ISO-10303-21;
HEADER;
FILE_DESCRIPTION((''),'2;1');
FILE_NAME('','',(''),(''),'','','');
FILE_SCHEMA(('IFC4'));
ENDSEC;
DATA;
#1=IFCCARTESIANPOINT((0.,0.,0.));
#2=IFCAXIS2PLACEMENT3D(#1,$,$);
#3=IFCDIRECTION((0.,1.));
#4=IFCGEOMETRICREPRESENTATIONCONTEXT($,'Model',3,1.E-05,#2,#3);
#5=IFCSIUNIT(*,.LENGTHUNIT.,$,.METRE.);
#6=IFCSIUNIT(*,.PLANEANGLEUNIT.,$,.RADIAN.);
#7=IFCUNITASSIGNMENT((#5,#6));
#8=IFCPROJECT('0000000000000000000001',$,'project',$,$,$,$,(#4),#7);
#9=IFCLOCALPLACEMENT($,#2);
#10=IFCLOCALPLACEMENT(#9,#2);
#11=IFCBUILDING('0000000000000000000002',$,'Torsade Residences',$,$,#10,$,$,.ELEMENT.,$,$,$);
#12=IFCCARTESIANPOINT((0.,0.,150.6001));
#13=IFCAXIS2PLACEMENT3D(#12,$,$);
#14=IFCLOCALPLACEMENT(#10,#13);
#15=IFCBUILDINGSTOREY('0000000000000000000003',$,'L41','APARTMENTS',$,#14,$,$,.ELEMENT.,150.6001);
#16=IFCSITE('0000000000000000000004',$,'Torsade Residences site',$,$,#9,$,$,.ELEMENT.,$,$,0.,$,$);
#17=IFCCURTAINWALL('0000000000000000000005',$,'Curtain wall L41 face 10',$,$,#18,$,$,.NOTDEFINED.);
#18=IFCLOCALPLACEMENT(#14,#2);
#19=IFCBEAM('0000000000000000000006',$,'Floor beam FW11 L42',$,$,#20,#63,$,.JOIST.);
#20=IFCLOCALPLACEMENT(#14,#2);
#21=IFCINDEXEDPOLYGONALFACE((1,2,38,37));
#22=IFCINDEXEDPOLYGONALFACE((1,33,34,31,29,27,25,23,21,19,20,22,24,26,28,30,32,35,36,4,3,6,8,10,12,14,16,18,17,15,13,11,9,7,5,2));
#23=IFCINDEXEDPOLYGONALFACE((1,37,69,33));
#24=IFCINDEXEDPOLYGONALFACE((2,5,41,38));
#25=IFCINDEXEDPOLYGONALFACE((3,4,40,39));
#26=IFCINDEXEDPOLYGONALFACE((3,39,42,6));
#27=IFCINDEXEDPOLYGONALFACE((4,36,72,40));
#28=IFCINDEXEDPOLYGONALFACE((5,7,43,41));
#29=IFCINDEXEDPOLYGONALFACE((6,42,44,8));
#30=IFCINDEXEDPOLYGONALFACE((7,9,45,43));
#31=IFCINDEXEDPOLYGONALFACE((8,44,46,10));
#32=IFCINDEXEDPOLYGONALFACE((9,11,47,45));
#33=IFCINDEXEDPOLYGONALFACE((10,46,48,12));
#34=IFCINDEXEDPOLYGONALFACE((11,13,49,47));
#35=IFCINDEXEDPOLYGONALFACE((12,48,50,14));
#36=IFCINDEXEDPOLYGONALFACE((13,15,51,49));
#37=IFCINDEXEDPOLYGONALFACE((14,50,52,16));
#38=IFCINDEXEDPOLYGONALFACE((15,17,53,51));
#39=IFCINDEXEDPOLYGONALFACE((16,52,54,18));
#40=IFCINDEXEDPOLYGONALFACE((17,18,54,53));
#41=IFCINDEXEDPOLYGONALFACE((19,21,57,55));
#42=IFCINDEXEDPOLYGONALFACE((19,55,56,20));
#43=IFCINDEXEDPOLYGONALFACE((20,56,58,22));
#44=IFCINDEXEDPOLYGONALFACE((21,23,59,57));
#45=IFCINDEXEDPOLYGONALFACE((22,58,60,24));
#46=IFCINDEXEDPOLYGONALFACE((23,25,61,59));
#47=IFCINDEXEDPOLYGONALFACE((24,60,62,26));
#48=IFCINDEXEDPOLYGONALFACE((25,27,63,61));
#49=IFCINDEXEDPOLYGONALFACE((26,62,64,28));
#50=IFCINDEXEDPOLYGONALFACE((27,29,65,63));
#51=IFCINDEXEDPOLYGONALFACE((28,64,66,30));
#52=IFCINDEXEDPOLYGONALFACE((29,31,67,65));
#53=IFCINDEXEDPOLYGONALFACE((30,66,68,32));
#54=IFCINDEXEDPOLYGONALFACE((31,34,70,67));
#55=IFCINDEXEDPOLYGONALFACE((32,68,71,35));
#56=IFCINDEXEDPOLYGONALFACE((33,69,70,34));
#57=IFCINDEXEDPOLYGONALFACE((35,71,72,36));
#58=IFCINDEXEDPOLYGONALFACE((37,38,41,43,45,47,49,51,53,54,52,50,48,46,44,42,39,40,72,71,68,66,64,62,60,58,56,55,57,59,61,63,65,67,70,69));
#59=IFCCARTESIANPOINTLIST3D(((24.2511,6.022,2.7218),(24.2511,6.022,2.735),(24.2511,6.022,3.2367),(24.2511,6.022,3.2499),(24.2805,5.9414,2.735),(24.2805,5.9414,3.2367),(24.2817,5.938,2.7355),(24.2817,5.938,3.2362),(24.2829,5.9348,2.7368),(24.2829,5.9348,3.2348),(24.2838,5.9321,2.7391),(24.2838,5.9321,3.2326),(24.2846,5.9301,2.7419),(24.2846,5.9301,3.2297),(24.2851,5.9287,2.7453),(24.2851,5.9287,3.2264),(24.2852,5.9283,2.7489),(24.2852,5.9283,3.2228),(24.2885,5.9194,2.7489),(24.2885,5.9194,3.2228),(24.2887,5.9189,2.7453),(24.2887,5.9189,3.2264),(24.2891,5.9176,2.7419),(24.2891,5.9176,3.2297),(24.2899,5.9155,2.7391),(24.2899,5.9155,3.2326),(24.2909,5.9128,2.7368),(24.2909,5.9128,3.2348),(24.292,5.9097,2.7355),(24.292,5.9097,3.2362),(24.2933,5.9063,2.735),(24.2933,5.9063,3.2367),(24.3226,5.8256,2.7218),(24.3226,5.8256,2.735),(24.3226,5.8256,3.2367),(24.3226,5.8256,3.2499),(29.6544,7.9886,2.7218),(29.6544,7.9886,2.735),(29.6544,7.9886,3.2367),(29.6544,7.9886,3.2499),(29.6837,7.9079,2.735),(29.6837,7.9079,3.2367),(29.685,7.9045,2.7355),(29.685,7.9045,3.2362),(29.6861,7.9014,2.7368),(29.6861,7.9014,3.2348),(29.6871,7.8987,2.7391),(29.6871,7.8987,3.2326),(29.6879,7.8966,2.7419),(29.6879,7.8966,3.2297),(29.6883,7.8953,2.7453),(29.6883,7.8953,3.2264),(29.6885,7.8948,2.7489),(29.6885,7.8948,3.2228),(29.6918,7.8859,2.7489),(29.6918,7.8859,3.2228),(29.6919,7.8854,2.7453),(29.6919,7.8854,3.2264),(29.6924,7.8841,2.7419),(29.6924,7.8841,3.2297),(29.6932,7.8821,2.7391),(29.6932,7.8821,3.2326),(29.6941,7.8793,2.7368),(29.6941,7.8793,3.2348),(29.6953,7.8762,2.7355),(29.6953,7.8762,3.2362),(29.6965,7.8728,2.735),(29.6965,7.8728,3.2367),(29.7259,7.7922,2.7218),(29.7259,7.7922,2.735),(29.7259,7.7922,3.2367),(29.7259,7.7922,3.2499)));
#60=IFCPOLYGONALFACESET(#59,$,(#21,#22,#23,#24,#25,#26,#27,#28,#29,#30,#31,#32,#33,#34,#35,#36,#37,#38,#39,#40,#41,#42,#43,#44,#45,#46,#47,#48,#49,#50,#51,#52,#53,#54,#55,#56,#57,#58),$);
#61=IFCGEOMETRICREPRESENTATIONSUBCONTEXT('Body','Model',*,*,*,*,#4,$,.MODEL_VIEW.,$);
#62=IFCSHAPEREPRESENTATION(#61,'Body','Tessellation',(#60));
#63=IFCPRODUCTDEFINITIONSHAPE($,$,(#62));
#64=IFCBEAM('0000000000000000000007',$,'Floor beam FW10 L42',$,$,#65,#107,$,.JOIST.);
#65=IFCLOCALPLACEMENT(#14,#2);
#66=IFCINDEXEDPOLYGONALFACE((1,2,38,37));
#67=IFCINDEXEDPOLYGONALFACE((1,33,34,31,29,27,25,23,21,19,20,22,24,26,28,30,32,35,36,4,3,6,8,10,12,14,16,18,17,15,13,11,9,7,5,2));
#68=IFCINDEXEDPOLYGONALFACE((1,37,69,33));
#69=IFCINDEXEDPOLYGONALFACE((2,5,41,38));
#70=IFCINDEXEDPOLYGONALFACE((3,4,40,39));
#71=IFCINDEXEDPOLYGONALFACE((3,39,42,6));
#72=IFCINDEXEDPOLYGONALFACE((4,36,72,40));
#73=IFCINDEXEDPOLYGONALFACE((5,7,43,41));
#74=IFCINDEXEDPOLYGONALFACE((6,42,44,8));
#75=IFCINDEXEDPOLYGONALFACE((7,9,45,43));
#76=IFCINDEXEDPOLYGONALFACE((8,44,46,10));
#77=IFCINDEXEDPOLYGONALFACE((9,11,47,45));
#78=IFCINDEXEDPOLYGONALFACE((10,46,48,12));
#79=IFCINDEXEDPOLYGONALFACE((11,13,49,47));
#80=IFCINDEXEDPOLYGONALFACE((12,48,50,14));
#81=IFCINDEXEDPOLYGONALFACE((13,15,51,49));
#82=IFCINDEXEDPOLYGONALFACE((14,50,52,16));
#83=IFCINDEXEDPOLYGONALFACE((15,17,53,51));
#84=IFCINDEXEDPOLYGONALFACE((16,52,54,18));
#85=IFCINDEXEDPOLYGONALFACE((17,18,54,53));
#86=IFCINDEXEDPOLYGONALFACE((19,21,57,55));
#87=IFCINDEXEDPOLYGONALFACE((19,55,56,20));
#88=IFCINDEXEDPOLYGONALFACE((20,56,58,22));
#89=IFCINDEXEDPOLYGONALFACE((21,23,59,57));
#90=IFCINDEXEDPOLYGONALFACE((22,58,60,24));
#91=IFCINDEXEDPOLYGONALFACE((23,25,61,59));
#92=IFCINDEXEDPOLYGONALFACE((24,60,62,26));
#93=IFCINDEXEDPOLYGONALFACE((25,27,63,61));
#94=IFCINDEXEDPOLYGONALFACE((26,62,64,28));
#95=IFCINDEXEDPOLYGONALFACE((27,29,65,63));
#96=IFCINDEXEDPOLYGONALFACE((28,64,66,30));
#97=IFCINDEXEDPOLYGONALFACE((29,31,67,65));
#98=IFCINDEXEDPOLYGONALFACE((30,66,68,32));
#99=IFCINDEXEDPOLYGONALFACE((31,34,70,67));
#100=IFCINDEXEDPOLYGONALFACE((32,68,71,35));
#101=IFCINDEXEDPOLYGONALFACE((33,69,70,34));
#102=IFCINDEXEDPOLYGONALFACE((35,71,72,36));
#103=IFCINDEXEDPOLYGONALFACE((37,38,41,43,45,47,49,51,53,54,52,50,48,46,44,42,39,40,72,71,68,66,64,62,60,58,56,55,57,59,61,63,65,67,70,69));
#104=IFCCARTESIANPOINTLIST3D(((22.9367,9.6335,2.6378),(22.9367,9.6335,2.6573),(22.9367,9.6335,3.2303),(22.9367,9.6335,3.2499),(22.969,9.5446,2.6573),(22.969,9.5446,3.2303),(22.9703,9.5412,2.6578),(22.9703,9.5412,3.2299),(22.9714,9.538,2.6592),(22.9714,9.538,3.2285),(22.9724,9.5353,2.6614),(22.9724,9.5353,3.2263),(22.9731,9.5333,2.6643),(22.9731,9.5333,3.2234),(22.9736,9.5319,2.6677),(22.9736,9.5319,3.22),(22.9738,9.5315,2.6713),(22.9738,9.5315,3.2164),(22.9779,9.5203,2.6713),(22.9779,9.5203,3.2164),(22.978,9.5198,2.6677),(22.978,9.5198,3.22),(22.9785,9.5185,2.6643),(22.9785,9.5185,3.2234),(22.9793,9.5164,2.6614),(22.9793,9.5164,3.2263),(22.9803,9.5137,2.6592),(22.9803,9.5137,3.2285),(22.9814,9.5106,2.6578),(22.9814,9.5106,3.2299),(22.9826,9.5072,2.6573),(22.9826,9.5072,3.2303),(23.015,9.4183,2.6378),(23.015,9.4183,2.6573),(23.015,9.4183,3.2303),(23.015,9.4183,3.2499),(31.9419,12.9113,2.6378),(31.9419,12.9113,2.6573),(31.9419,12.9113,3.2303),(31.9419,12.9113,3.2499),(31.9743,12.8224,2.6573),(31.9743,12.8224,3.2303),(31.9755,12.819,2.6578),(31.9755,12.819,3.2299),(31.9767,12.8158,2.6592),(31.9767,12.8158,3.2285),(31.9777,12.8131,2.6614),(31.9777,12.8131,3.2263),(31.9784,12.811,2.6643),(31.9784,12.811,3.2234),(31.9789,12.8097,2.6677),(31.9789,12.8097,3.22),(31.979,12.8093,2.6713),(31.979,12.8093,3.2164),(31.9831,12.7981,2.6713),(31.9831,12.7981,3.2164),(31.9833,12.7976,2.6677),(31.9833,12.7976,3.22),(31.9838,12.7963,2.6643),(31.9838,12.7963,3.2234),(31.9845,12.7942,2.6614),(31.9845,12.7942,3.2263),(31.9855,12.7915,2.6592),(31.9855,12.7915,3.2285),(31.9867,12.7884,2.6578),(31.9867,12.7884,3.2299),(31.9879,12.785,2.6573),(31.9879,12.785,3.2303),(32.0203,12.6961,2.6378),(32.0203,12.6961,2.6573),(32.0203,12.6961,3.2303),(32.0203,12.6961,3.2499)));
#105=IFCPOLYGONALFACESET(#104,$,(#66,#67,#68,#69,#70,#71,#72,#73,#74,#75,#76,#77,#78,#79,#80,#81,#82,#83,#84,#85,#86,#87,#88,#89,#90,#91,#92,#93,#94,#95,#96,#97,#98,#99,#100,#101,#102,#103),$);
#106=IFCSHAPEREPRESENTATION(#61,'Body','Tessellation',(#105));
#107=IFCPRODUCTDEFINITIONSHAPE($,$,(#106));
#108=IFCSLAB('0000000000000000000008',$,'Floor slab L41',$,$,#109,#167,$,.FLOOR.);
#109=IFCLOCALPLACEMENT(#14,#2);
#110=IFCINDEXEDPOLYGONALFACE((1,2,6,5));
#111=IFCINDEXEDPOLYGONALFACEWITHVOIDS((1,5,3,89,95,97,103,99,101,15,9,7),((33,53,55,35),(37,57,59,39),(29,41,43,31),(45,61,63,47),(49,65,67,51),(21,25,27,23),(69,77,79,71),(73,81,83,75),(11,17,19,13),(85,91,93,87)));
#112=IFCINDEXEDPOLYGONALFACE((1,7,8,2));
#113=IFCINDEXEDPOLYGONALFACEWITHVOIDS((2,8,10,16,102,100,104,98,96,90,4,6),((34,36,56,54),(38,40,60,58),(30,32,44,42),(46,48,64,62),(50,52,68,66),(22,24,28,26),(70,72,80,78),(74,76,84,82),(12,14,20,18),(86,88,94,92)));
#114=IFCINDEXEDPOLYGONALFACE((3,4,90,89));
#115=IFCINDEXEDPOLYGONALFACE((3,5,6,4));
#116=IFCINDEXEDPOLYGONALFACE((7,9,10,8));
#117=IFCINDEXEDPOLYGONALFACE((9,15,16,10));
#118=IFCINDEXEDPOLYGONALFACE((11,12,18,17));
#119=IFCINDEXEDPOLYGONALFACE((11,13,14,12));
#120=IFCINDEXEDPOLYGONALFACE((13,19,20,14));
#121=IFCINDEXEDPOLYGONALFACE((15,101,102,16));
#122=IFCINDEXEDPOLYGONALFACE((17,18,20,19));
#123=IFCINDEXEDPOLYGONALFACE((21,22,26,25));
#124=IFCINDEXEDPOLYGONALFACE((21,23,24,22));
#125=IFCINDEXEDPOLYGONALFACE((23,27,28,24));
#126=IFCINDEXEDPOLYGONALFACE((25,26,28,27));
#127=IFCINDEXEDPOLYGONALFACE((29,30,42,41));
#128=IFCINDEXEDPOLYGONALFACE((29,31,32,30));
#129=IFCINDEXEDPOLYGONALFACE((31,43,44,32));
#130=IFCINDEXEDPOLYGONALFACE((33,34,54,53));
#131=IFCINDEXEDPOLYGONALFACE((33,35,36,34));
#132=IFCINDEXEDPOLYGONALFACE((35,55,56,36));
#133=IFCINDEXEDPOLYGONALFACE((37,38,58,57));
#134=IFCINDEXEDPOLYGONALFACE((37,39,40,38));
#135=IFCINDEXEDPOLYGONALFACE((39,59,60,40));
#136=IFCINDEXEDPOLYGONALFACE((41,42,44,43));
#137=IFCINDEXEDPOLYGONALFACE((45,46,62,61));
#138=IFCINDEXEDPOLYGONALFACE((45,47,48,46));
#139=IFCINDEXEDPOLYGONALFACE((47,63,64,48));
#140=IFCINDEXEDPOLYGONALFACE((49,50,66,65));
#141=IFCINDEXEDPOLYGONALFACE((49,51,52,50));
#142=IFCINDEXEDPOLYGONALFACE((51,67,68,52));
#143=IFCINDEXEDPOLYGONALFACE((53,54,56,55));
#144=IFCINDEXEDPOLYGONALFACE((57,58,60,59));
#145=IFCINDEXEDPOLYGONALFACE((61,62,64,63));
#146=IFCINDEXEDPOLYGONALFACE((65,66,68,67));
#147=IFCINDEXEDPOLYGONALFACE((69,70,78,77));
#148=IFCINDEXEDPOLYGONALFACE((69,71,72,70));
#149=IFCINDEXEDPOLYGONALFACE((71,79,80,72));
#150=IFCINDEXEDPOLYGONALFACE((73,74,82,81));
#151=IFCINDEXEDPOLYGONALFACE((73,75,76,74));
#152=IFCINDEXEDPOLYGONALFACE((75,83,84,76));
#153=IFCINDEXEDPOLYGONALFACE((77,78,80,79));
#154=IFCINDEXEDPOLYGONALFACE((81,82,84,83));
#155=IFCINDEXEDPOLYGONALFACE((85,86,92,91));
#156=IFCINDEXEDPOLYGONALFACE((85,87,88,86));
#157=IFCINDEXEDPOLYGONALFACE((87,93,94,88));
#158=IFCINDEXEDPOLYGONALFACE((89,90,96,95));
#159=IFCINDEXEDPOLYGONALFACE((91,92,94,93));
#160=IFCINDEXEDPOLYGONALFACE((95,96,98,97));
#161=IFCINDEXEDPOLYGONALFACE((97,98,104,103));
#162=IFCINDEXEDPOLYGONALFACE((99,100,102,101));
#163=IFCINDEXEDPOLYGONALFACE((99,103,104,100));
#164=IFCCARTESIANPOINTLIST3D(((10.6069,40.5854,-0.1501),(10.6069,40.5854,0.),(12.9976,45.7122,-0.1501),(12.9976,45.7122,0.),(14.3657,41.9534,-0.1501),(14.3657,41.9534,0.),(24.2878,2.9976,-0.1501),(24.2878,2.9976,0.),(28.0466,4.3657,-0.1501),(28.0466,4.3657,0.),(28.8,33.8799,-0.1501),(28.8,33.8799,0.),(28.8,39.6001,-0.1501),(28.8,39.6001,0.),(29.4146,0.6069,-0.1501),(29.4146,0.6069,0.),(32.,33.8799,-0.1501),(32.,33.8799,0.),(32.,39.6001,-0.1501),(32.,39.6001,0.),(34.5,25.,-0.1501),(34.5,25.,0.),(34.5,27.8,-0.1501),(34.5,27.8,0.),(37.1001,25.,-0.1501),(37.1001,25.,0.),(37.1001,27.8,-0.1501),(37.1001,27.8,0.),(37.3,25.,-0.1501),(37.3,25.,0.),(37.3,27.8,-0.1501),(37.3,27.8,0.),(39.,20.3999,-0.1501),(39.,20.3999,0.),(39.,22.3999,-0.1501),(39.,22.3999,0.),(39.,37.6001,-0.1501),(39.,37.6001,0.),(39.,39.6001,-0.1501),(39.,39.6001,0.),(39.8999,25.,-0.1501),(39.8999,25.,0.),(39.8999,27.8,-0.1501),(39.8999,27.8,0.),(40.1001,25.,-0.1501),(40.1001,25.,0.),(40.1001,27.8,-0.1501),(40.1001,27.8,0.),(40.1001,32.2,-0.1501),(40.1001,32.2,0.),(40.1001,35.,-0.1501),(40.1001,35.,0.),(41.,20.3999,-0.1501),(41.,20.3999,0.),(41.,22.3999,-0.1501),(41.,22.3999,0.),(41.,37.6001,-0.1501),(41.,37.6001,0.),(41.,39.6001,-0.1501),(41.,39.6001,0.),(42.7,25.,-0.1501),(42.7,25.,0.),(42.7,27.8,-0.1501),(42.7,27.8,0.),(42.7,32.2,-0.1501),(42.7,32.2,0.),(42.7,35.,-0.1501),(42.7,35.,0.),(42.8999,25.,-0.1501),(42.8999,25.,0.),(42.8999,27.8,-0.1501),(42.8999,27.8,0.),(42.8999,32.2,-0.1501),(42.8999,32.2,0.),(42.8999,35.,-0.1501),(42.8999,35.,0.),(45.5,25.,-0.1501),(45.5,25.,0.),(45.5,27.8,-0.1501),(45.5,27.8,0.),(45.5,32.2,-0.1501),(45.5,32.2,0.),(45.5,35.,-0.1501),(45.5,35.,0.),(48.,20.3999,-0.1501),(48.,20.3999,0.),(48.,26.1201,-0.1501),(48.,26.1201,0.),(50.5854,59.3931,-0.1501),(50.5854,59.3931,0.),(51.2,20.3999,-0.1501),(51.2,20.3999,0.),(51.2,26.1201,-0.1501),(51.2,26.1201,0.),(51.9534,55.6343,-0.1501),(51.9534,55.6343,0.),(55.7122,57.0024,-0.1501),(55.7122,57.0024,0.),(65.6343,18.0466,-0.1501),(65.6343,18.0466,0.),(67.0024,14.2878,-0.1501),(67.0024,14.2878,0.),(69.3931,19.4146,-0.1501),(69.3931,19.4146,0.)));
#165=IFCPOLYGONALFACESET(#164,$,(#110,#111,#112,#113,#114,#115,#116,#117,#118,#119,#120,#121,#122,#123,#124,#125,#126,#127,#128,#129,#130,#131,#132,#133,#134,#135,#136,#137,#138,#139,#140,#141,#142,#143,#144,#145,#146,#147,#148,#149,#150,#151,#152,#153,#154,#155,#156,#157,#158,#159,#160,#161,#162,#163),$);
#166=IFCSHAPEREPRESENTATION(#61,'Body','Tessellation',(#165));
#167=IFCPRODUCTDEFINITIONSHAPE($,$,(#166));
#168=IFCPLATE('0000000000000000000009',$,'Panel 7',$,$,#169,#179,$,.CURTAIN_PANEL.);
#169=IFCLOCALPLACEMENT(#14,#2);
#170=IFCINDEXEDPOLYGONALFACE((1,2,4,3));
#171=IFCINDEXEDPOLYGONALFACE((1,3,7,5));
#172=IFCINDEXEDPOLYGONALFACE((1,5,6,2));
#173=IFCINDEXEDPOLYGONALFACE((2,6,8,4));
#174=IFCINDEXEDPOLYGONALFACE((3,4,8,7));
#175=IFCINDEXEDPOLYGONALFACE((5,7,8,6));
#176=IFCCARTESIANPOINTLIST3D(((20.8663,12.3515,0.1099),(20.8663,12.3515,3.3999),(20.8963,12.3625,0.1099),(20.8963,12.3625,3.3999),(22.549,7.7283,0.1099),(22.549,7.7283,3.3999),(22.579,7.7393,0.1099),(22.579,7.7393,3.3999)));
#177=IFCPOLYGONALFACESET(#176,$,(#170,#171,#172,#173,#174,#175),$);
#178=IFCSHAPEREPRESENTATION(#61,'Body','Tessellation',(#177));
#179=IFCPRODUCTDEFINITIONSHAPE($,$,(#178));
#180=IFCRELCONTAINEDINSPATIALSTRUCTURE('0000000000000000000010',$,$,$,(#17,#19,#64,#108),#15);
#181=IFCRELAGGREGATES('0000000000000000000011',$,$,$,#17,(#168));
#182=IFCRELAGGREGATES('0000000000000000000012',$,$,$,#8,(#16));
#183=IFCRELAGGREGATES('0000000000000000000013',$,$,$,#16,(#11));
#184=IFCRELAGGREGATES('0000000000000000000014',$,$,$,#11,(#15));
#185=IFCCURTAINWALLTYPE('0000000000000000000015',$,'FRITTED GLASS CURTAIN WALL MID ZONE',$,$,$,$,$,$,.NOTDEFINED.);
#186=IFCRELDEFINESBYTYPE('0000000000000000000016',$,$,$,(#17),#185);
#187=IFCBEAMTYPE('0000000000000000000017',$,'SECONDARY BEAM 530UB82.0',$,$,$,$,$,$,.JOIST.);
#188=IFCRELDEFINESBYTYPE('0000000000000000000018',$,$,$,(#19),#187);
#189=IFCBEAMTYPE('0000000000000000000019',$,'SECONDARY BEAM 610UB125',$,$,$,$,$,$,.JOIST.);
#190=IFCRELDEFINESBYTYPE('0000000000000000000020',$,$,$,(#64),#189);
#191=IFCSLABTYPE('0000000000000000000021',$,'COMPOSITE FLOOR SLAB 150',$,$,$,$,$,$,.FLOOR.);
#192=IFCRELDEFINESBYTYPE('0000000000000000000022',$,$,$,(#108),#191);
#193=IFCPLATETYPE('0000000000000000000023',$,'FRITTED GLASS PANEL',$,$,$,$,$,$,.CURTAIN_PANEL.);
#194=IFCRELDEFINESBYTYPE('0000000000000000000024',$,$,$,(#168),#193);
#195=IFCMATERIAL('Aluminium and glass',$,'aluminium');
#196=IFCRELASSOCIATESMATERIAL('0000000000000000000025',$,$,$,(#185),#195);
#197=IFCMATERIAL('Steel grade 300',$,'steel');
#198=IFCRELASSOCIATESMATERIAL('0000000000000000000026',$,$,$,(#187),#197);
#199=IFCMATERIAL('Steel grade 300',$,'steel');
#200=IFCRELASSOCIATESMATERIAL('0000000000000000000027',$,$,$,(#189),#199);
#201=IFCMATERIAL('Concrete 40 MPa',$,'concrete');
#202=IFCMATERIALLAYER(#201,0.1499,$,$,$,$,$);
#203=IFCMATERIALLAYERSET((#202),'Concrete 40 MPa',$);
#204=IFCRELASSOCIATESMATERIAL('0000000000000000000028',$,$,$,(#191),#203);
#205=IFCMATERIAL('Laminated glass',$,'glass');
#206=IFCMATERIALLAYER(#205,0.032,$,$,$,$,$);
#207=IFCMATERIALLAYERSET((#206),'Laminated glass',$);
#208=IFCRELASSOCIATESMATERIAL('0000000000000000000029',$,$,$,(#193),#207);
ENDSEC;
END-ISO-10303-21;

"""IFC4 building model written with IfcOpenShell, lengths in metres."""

from ifc_helpers import new_model, si_unit, direction, frame, origin, origin_2d, place, context, subcontext, project, spatial, polyline, rectangle, i_section, outline, extrude, material, layer, layer_set, material_profile, profile_set, type_object, element, aggregate, save


model = new_model("IFC4")

# Units and contexts
model_context = context("Model", 3, precision=1e-05, world=origin(), true_north=direction((0.0, 1.0)))
body_context = subcontext(model_context, "Body", "Model", "MODEL_VIEW")
ifc_project = project(units=[si_unit("LENGTHUNIT", "METRE"), si_unit("PLANEANGLEUNIT", "RADIAN")], contexts=[model_context])

# Site, building, storey
site_placement = place(None, origin())
site = spatial("IfcSite", under=ifc_project, at=site_placement, Name="Torsade Residences site", CompositionType="ELEMENT", RefElevation=0.0)
building_placement = place(site_placement, origin())
building = spatial("IfcBuilding", under=site, at=building_placement, Name="Torsade Residences", CompositionType="ELEMENT")
storey_placement = place(building_placement, frame((0.0, 0.0, 150.6001)))
storey = spatial("IfcBuildingStorey", under=building, at=storey_placement, Name="L41", Description="APARTMENTS", CompositionType="ELEMENT", Elevation=150.6001)

# Curtain wall
ifc_material_1 = material(Name="Aluminium and glass", Category="aluminium")
curtain_wall_type = type_object("IfcCurtainWallType", Name="FRITTED GLASS CURTAIN WALL MID ZONE", PredefinedType="NOTDEFINED", material=ifc_material_1)
curtain_wall_placement = place(storey_placement, origin())
curtain_wall = element("IfcCurtainWall", 1, at=curtain_wall_placement, inside=storey, type_object=curtain_wall_type, Name="Curtain wall L41 face 10", PredefinedType="NOTDEFINED")

# Beams
ifc_material_2 = material(Name="Steel grade 300", Category="steel")
ifc_material_profile_1 = material_profile(ifc_material_2, i_section(OverallWidth=0.209, OverallDepth=0.5281, WebThickness=0.0095, FlangeThickness=0.0132, FilletRadius=0.0139, at=origin_2d()), Name="530UB82.0")
ifc_profile_set_1 = profile_set([ifc_material_profile_1], Name="Steel grade 300")
beam_type_1 = type_object("IfcBeamType", Name="SECONDARY BEAM 530UB82.0", PredefinedType="JOIST", material=ifc_profile_set_1)
beam_1_placement = place(storey_placement, frame((24.2869, 5.9238, 2.9858), z_axis=(0.939698, 0.342006, 0.0), x_axis=(-0.342006, 0.939698, 0.0)))
element("IfcBeam", 2, at=beam_1_placement, inside=storey, type_object=beam_type_1, Name="Floor beam FW11 L42", PredefinedType="JOIST", context=body_context, shape_type="SweptSolid", body=[
    extrude(i_section(OverallWidth=0.209, OverallDepth=0.5281, WebThickness=0.0095, FlangeThickness=0.0132, FilletRadius=0.0139, at=origin_2d()), origin(), (0.0, 0.0, 1.0), 5.75),
])
ifc_material_3 = material(Name="Steel grade 300", Category="steel")
ifc_material_profile_2 = material_profile(ifc_material_3, i_section(OverallWidth=0.229, OverallDepth=0.6121, WebThickness=0.012, FlangeThickness=0.0195, FilletRadius=0.0139, at=origin_2d()), Name="610UB125")
ifc_profile_set_2 = profile_set([ifc_material_profile_2], Name="Steel grade 300")
beam_type_2 = type_object("IfcBeamType", Name="SECONDARY BEAM 610UB125", PredefinedType="JOIST", material=ifc_profile_set_2)
beam_2_placement = place(storey_placement, frame((22.9758, 9.5259, 2.9438), z_axis=(0.939688, 0.342034, 0.0), x_axis=(-0.342034, 0.939688, 0.0)))
element("IfcBeam", 3, at=beam_2_placement, inside=storey, type_object=beam_type_2, Name="Floor beam FW10 L42", PredefinedType="JOIST", context=body_context, shape_type="SweptSolid", body=[
    extrude(i_section(OverallWidth=0.229, OverallDepth=0.6121, WebThickness=0.012, FlangeThickness=0.0195, FilletRadius=0.0139, at=origin_2d()), origin(), (0.0, 0.0, 1.0), 9.5833),
])

# Slab
ifc_material_4 = material(Name="Concrete 40 MPa", Category="concrete")
ifc_layer_1 = layer(ifc_material_4, 0.1499)
ifc_layer_set_1 = layer_set([ifc_layer_1], Name="Concrete 40 MPa")
slab_type_1 = type_object("IfcSlabType", Name="COMPOSITE FLOOR SLAB 150", PredefinedType="FLOOR", material=ifc_layer_set_1)
slab_1_placement = place(storey_placement, frame((0.0, 0.0, -0.1501)))
element("IfcSlab", 4, at=slab_1_placement, inside=storey, type_object=slab_type_1, Name="Floor slab L41", PredefinedType="FLOOR", context=body_context, shape_type="SweptSolid", body=[
    extrude(outline(polyline([(29.4146, 0.6069), (67.0024, 14.2878), (65.6343, 18.0466), (69.3931, 19.4146), (55.7122, 57.0024), (51.9534, 55.6343), (50.5854, 59.3931), (12.9976, 45.7122), (14.3657, 41.9534), (10.6069, 40.5854), (24.2878, 2.9976), (28.0466, 4.3657), (29.4146, 0.6069)]), holes=[polyline([(51.2, 26.1201), (48.0, 26.1201), (48.0, 20.3999), (51.2, 20.3999), (51.2, 26.1201)]), polyline([(45.5, 27.8), (42.8999, 27.8), (42.8999, 25.0), (45.5, 25.0), (45.5, 27.8)]), polyline([(45.5, 35.0), (42.8999, 35.0), (42.8999, 32.2), (45.5, 32.2), (45.5, 35.0)]), polyline([(42.7, 25.0), (42.7, 27.8), (40.1001, 27.8), (40.1001, 25.0), (42.7, 25.0)]), polyline([(42.7, 35.0), (40.1001, 35.0), (40.1001, 32.2), (42.7, 32.2), (42.7, 35.0)]), polyline([(41.0, 22.3999), (39.0, 22.3999), (39.0, 20.3999), (41.0, 20.3999), (41.0, 22.3999)]), polyline([(41.0, 37.6001), (41.0, 39.6001), (39.0, 39.6001), (39.0, 37.6001), (41.0, 37.6001)]), polyline([(39.8999, 25.0), (39.8999, 27.8), (37.3, 27.8), (37.3, 25.0), (39.8999, 25.0)]), polyline([(37.1001, 27.8), (34.5, 27.8), (34.5, 25.0), (37.1001, 25.0), (37.1001, 27.8)]), polyline([(32.0, 33.8799), (32.0, 39.6001), (28.8, 39.6001), (28.8, 33.8799), (32.0, 33.8799)])]), origin(), (0.0, 0.0, 1.0), 0.1501),
])

# Plate
ifc_material_5 = material(Name="Laminated glass", Category="glass")
ifc_layer_2 = layer(ifc_material_5, 0.032)
ifc_layer_set_2 = layer_set([ifc_layer_2], Name="Laminated glass")
plate_type = type_object("IfcPlateType", Name="FRITTED GLASS PANEL", PredefinedType="CURTAIN_PANEL", material=ifc_layer_set_2)
plate_1_placement = place(storey_placement, frame((21.7227, 10.0454, 0.1099), z_axis=(0.0, 0.0, 1.0), x_axis=(0.34202, -0.939693, 0.0)))
plate_1 = element("IfcPlate", 5, at=plate_1_placement, type_object=plate_type, Name="Panel 7", PredefinedType="CURTAIN_PANEL", context=body_context, shape_type="SweptSolid", body=[
    extrude(rectangle(XDim=4.9199, YDim=0.032, at=origin_2d()), origin(), (0.0, 0.0, 1.0), 3.29),
])
aggregate(curtain_wall, [plate_1])

save(model, "model.ifc")
